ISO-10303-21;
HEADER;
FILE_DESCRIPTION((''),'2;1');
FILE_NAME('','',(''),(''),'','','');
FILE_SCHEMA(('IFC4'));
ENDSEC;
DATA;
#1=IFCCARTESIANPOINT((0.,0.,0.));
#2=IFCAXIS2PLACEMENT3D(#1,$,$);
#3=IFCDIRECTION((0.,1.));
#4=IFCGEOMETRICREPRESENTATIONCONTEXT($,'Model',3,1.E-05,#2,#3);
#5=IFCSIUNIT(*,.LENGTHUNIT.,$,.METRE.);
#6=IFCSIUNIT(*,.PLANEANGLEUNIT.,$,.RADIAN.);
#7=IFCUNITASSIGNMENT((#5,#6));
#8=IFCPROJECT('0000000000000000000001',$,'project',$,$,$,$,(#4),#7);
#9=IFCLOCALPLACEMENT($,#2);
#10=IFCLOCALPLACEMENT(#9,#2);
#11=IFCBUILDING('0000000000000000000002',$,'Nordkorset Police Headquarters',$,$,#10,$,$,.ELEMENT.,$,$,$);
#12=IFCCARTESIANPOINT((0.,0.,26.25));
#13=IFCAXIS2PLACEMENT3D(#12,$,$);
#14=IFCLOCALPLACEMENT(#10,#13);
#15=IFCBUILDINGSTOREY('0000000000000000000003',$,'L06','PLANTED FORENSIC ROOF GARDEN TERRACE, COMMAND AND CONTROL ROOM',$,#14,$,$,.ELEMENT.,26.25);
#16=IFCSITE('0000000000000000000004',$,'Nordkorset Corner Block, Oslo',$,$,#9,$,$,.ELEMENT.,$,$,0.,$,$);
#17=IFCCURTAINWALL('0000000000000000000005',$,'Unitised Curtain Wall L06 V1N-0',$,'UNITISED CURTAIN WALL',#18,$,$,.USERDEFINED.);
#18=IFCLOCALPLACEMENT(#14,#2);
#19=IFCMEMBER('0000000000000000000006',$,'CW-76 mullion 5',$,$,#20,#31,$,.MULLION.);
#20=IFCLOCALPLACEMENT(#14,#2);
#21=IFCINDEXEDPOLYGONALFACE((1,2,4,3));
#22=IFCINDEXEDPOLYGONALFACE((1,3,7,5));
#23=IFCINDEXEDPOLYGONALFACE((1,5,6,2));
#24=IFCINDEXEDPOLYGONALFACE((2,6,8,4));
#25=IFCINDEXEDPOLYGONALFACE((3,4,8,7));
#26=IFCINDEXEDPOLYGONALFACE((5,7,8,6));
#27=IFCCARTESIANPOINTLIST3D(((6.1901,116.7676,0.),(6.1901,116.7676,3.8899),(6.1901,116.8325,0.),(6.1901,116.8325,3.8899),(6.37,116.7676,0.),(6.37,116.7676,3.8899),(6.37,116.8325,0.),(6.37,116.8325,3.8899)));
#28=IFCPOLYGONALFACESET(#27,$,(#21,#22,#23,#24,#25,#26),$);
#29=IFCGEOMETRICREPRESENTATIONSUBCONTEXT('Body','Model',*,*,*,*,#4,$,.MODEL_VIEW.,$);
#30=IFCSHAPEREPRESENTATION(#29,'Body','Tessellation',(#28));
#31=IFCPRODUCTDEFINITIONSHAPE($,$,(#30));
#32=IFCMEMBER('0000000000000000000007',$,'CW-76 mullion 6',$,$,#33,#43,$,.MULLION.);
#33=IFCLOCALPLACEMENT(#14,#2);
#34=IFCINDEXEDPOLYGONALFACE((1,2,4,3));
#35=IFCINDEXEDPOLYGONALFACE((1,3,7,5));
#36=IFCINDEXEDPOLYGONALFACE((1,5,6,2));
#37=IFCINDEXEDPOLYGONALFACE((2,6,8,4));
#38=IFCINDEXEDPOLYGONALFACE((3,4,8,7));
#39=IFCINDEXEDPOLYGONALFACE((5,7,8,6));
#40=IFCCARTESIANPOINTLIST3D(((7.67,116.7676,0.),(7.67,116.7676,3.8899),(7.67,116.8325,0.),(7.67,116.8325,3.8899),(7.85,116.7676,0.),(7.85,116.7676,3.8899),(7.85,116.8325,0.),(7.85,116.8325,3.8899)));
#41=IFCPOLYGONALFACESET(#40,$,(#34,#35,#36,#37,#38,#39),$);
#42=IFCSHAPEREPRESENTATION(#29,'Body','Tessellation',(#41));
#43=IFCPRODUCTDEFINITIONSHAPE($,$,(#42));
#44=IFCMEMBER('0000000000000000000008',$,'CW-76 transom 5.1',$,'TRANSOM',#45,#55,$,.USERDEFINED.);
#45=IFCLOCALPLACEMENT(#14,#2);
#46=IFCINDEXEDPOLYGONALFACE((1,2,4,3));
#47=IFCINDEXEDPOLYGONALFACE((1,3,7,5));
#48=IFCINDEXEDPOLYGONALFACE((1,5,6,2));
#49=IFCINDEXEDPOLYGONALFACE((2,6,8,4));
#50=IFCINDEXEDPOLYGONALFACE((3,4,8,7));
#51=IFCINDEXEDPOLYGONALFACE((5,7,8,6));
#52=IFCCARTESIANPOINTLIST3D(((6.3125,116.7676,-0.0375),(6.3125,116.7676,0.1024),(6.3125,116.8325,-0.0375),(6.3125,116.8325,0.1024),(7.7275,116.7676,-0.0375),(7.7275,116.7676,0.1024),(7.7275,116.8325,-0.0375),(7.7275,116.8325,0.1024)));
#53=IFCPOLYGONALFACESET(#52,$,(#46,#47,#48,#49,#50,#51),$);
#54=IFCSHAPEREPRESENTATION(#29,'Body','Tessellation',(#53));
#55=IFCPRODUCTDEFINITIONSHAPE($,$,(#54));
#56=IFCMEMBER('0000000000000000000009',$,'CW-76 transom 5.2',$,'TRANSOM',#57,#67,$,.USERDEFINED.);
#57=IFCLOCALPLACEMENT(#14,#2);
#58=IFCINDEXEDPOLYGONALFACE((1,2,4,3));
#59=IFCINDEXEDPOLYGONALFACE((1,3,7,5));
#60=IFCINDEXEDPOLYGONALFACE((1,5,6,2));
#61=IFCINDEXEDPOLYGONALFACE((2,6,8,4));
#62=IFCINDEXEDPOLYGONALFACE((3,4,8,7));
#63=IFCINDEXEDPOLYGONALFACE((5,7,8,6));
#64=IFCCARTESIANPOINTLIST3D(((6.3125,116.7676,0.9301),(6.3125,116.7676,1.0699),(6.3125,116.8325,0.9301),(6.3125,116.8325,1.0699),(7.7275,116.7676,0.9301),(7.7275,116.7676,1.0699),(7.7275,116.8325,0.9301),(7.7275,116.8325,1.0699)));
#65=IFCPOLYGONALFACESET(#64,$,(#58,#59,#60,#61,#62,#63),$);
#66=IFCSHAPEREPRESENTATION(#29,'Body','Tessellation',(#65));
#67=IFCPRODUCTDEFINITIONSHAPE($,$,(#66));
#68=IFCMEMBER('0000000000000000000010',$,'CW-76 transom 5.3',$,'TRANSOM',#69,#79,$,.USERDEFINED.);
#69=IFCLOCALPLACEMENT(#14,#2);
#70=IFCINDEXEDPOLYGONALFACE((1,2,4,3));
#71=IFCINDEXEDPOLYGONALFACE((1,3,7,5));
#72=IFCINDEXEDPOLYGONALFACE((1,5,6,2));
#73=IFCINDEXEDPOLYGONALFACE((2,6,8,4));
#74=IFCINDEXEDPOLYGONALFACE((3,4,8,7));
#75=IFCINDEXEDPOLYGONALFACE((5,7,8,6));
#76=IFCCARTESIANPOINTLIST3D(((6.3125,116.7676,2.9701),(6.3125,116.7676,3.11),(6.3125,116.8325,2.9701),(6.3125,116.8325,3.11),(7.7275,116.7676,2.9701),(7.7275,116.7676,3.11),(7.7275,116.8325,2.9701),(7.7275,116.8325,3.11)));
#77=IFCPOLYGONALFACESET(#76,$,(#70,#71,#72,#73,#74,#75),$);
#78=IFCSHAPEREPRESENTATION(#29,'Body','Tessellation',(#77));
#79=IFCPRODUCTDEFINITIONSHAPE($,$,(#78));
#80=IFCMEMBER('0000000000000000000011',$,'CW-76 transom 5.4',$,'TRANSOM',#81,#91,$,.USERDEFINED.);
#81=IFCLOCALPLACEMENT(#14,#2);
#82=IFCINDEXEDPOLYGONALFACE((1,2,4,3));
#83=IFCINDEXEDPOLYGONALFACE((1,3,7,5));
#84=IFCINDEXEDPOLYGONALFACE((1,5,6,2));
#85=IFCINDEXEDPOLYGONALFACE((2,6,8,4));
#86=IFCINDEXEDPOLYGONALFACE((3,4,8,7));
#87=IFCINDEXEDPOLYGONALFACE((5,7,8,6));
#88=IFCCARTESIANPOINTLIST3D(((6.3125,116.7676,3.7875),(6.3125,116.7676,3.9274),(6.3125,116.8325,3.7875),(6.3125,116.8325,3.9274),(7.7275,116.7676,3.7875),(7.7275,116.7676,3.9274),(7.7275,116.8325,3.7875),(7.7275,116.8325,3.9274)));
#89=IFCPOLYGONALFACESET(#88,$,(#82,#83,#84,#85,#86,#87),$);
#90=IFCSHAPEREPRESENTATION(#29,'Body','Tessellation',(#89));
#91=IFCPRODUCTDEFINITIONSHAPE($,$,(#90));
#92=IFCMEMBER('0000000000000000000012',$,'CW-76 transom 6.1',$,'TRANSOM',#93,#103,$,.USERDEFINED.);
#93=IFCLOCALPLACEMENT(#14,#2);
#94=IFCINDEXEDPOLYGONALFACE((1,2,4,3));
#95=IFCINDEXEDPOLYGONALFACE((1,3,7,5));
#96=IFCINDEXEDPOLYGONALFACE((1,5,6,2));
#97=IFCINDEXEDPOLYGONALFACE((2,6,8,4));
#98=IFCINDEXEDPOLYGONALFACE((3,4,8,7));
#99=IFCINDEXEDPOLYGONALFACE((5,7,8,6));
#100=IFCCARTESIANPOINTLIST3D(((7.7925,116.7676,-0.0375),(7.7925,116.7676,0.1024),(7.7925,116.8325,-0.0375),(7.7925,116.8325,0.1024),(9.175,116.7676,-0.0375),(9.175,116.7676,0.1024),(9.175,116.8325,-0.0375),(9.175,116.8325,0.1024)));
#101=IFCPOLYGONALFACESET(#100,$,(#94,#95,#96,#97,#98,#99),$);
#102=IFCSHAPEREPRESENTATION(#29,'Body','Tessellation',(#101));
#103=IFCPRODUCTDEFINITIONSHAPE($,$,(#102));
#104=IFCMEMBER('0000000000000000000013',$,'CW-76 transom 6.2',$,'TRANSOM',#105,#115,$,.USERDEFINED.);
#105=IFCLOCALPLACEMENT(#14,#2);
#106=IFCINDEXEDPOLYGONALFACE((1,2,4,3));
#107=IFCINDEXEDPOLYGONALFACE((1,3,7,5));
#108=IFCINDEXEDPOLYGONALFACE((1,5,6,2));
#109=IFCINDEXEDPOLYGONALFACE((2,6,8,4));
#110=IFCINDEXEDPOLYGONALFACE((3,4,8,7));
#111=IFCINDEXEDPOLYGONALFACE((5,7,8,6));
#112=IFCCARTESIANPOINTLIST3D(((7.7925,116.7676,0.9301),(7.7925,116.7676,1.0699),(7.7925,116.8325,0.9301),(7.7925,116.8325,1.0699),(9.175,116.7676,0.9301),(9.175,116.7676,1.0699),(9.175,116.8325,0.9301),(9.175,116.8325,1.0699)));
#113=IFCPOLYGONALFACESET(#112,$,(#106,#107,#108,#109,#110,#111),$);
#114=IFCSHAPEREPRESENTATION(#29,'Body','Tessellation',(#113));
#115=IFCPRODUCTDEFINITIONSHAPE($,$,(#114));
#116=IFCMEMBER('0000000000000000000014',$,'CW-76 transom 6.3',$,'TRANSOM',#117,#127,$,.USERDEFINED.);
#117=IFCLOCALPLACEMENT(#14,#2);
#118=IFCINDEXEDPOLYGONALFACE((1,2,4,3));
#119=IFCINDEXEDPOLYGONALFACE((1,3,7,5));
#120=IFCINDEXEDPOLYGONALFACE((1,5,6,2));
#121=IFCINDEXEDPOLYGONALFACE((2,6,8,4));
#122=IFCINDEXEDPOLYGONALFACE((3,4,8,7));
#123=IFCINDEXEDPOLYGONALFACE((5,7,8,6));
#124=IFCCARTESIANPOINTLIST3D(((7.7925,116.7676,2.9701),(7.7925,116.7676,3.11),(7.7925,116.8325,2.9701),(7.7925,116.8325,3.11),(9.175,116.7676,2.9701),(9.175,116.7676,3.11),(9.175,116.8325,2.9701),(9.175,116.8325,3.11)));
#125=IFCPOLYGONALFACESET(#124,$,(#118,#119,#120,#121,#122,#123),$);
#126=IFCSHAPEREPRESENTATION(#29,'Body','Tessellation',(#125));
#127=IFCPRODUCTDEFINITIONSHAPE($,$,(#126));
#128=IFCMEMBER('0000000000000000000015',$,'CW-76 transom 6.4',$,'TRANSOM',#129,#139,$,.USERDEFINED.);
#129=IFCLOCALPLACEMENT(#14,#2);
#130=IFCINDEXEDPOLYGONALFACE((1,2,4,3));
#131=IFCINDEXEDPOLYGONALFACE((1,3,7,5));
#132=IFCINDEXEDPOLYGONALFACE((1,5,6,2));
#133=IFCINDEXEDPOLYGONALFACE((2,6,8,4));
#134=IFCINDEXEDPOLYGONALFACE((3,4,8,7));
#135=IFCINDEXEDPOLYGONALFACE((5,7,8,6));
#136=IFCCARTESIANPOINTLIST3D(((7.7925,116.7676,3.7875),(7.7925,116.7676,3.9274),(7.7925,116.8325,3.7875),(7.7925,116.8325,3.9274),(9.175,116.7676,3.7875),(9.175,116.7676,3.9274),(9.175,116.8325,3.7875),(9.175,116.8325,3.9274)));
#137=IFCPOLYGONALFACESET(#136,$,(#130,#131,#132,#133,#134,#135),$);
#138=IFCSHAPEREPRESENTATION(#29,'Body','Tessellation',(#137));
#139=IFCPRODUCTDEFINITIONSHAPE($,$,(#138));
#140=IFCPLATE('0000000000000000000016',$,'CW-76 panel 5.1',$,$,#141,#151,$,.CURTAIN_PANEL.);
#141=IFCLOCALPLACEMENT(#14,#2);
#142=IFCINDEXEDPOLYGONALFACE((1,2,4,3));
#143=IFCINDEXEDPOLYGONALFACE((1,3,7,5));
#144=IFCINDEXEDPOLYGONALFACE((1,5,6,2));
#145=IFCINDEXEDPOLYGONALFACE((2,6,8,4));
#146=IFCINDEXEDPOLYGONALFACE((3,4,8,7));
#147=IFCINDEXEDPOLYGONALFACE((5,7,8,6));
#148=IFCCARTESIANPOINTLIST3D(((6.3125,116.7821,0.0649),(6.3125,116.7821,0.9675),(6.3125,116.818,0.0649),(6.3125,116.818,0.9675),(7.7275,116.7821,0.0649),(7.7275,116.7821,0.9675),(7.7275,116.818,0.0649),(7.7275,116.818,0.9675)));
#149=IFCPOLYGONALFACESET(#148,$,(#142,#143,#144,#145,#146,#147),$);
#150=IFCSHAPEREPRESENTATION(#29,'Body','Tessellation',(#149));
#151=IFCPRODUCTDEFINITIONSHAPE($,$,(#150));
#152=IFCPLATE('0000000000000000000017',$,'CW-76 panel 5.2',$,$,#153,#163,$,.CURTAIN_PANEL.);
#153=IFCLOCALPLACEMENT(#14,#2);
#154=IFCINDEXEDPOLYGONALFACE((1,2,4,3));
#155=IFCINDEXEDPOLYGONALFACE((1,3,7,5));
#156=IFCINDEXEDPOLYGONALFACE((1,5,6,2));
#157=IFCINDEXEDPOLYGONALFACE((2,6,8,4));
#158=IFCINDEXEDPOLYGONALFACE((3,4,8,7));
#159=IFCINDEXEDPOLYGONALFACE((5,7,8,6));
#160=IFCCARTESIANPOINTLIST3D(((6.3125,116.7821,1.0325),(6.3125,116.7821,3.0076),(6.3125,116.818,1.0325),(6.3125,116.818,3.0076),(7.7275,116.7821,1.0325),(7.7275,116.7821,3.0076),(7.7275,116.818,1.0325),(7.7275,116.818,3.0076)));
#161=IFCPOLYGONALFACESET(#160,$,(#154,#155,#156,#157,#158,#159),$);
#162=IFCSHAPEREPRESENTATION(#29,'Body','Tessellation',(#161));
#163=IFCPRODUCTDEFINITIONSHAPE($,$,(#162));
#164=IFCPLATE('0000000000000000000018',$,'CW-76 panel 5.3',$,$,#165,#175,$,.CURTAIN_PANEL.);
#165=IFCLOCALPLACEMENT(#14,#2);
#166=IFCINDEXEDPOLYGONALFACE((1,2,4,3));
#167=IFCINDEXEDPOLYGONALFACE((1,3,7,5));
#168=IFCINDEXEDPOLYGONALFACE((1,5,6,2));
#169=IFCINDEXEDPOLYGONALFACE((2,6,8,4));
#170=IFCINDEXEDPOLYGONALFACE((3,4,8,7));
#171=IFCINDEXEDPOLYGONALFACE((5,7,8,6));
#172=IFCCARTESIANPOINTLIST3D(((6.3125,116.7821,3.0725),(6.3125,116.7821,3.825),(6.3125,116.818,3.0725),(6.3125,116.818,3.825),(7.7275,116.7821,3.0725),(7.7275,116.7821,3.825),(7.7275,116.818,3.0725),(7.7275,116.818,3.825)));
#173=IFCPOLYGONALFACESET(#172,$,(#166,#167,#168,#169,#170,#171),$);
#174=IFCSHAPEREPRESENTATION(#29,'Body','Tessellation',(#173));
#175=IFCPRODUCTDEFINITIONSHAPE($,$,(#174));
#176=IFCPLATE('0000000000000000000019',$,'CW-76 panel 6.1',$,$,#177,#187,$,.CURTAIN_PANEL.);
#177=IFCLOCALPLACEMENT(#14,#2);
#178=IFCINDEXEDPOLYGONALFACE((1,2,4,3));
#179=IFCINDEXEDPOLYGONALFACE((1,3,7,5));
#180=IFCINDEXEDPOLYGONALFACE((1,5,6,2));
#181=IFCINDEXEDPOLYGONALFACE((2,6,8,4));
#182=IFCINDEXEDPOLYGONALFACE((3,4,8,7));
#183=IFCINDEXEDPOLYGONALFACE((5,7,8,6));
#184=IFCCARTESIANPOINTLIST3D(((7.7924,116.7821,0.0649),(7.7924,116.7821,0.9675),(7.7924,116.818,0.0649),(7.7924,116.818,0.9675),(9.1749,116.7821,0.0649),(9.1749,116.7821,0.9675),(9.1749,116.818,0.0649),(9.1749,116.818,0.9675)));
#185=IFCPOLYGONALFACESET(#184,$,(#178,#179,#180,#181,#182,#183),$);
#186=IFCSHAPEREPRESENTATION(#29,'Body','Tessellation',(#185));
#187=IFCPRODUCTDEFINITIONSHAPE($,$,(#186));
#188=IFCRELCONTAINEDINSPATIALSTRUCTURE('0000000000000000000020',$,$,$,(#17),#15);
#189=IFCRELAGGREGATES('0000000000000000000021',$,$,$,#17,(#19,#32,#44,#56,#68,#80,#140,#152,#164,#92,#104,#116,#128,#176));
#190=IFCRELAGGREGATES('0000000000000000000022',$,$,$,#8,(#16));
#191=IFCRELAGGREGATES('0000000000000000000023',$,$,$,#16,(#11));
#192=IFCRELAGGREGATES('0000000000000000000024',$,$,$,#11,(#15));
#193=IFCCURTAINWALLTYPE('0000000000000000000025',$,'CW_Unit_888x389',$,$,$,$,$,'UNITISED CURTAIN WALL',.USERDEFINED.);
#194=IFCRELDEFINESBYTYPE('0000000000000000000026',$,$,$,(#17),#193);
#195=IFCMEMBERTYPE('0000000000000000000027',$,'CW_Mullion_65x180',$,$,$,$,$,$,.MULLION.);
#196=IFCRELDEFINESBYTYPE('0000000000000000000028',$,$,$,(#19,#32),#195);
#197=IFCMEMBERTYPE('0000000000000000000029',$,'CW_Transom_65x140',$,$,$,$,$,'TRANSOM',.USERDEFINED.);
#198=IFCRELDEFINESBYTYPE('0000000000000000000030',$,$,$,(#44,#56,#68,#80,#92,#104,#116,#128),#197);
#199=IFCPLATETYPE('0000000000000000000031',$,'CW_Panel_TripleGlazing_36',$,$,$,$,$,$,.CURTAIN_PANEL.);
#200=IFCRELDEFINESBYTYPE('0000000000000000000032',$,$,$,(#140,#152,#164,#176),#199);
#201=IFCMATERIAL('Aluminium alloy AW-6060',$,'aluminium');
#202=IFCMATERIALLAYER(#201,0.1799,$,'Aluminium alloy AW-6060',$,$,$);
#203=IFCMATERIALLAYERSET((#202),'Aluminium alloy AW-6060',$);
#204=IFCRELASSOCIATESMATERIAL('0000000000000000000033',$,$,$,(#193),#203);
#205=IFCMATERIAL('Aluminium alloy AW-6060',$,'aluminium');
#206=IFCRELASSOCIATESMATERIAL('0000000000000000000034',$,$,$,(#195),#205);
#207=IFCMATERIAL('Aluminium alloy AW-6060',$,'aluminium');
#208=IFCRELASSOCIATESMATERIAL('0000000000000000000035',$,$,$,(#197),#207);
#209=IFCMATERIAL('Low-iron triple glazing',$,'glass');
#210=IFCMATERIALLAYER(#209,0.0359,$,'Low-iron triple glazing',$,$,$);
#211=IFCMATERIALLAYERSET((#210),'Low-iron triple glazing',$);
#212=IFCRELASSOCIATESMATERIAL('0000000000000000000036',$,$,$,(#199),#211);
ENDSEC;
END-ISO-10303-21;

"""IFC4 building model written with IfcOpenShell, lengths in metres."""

from ifc_helpers import new_model, si_unit, direction, frame, origin, origin_2d, place, context, subcontext, project, spatial, rectangle, extrude, material, layer, layer_set, material_profile, profile_set, type_object, element, aggregate, save


model = new_model("IFC4")

# Units and contexts
model_context = context("Model", 3, precision=1e-05, world=origin(), true_north=direction((0.0, 1.0)))
body_context = subcontext(model_context, "Body", "Model", "MODEL_VIEW")
ifc_project = project(units=[si_unit("LENGTHUNIT", "METRE"), si_unit("PLANEANGLEUNIT", "RADIAN")], contexts=[model_context])

# Site, building, storey
site_placement = place(None, origin())
site = spatial("IfcSite", under=ifc_project, at=site_placement, Name="Nordkorset Corner Block, Oslo", CompositionType="ELEMENT", RefElevation=0.0)
building_placement = place(site_placement, origin())
building = spatial("IfcBuilding", under=site, at=building_placement, Name="Nordkorset Police Headquarters", CompositionType="ELEMENT")
storey_placement = place(building_placement, frame((0.0, 0.0, 26.25)))
storey = spatial("IfcBuildingStorey", under=building, at=storey_placement, Name="L06", Description="PLANTED FORENSIC ROOF GARDEN TERRACE, COMMAND AND CONTROL ROOM", CompositionType="ELEMENT", Elevation=26.25)

# Curtain wall, members, plates
ifc_material_1 = material(Name="Aluminium alloy AW-6060", Category="aluminium")
ifc_layer_1 = layer(ifc_material_1, 0.1799, Name="Aluminium alloy AW-6060")
ifc_layer_set_1 = layer_set([ifc_layer_1], Name="Aluminium alloy AW-6060")
curtain_wall_type = type_object("IfcCurtainWallType", Name="CW_Unit_888x389", ElementType="UNITISED CURTAIN WALL", PredefinedType="USERDEFINED", material=ifc_layer_set_1)
curtain_wall_placement = place(storey_placement, origin())
curtain_wall = element("IfcCurtainWall", 1, at=curtain_wall_placement, inside=storey, type_object=curtain_wall_type, Name="Unitised Curtain Wall L06 V1N-0", ObjectType="UNITISED CURTAIN WALL", PredefinedType="USERDEFINED")
ifc_material_2 = material(Name="Aluminium alloy AW-6060", Category="aluminium")
ifc_material_profile_1 = material_profile(ifc_material_2, rectangle(XDim=0.0649, YDim=0.1799, at=origin_2d()), Name="ALU MULL 65x180")
ifc_profile_set_1 = profile_set([ifc_material_profile_1], Name="Aluminium alloy AW-6060")
member_type_1 = type_object("IfcMemberType", Name="CW_Mullion_65x180", PredefinedType="MULLION", material=ifc_profile_set_1)
member_1_placement = place(storey_placement, frame((6.28, 116.8, 0.0), z_axis=(0.0, 0.0, 1.0), x_axis=(0.0, 1.0, 0.0)))
member_1 = element("IfcMember", 2, at=member_1_placement, type_object=member_type_1, Name="CW-76 mullion 5", PredefinedType="MULLION", context=body_context, shape_type="SweptSolid", body=[
    extrude(rectangle(XDim=0.0649, YDim=0.1799, at=origin_2d()), origin(), (0.0, 0.0, 1.0), 3.8899),
])
member_2_placement = place(storey_placement, frame((7.76, 116.8, 0.0), z_axis=(0.0, 0.0, 1.0), x_axis=(0.0, 1.0, 0.0)))
member_2 = element("IfcMember", 3, at=member_2_placement, type_object=member_type_1, Name="CW-76 mullion 6", PredefinedType="MULLION", context=body_context, shape_type="SweptSolid", body=[
    extrude(rectangle(XDim=0.0649, YDim=0.1799, at=origin_2d()), origin(), (0.0, 0.0, 1.0), 3.8899),
])
ifc_material_3 = material(Name="Aluminium alloy AW-6060", Category="aluminium")
ifc_material_profile_2 = material_profile(ifc_material_3, rectangle(XDim=0.0649, YDim=0.1399, at=origin_2d()), Name="ALU TRAN 65x140")
ifc_profile_set_2 = profile_set([ifc_material_profile_2], Name="Aluminium alloy AW-6060")
member_type_2 = type_object("IfcMemberType", Name="CW_Transom_65x140", ElementType="TRANSOM", PredefinedType="USERDEFINED", material=ifc_profile_set_2)
member_3_placement = place(storey_placement, frame((6.3125, 116.8, 0.0325), z_axis=(1.0, 0.0, 0.0), x_axis=(0.0, 1.0, 0.0)))
member_3 = element("IfcMember", 4, at=member_3_placement, type_object=member_type_2, Name="CW-76 transom 5.1", ObjectType="TRANSOM", PredefinedType="USERDEFINED", context=body_context, shape_type="SweptSolid", body=[
    extrude(rectangle(XDim=0.0649, YDim=0.1399, at=origin_2d()), origin(), (0.0, 0.0, 1.0), 1.415),
])
member_4_placement = place(storey_placement, frame((6.3125, 116.8, 1.0), z_axis=(1.0, 0.0, 0.0), x_axis=(0.0, 1.0, 0.0)))
member_4 = element("IfcMember", 5, at=member_4_placement, type_object=member_type_2, Name="CW-76 transom 5.2", ObjectType="TRANSOM", PredefinedType="USERDEFINED", context=body_context, shape_type="SweptSolid", body=[
    extrude(rectangle(XDim=0.0649, YDim=0.1399, at=origin_2d()), origin(), (0.0, 0.0, 1.0), 1.415),
])
member_5_placement = place(storey_placement, frame((6.3125, 116.8, 3.04), z_axis=(1.0, 0.0, 0.0), x_axis=(0.0, 1.0, 0.0)))
member_5 = element("IfcMember", 6, at=member_5_placement, type_object=member_type_2, Name="CW-76 transom 5.3", ObjectType="TRANSOM", PredefinedType="USERDEFINED", context=body_context, shape_type="SweptSolid", body=[
    extrude(rectangle(XDim=0.0649, YDim=0.1399, at=origin_2d()), origin(), (0.0, 0.0, 1.0), 1.415),
])
member_6_placement = place(storey_placement, frame((6.3125, 116.8, 3.8574), z_axis=(1.0, 0.0, 0.0), x_axis=(0.0, 1.0, 0.0)))
member_6 = element("IfcMember", 7, at=member_6_placement, type_object=member_type_2, Name="CW-76 transom 5.4", ObjectType="TRANSOM", PredefinedType="USERDEFINED", context=body_context, shape_type="SweptSolid", body=[
    extrude(rectangle(XDim=0.0649, YDim=0.1399, at=origin_2d()), origin(), (0.0, 0.0, 1.0), 1.415),
])
member_7_placement = place(storey_placement, frame((7.7925, 116.8, 0.0325), z_axis=(1.0, 0.0, 0.0), x_axis=(0.0, 1.0, 0.0)))
member_7 = element("IfcMember", 8, at=member_7_placement, type_object=member_type_2, Name="CW-76 transom 6.1", ObjectType="TRANSOM", PredefinedType="USERDEFINED", context=body_context, shape_type="SweptSolid", body=[
    extrude(rectangle(XDim=0.0649, YDim=0.1399, at=origin_2d()), origin(), (0.0, 0.0, 1.0), 1.3826),
])
member_8_placement = place(storey_placement, frame((7.7925, 116.8, 1.0), z_axis=(1.0, 0.0, 0.0), x_axis=(0.0, 1.0, 0.0)))
member_8 = element("IfcMember", 9, at=member_8_placement, type_object=member_type_2, Name="CW-76 transom 6.2", ObjectType="TRANSOM", PredefinedType="USERDEFINED", context=body_context, shape_type="SweptSolid", body=[
    extrude(rectangle(XDim=0.0649, YDim=0.1399, at=origin_2d()), origin(), (0.0, 0.0, 1.0), 1.3826),
])
member_9_placement = place(storey_placement, frame((7.7925, 116.8, 3.04), z_axis=(1.0, 0.0, 0.0), x_axis=(0.0, 1.0, 0.0)))
member_9 = element("IfcMember", 10, at=member_9_placement, type_object=member_type_2, Name="CW-76 transom 6.3", ObjectType="TRANSOM", PredefinedType="USERDEFINED", context=body_context, shape_type="SweptSolid", body=[
    extrude(rectangle(XDim=0.0649, YDim=0.1399, at=origin_2d()), origin(), (0.0, 0.0, 1.0), 1.3826),
])
member_10_placement = place(storey_placement, frame((7.7925, 116.8, 3.8574), z_axis=(1.0, 0.0, 0.0), x_axis=(0.0, 1.0, 0.0)))
member_10 = element("IfcMember", 11, at=member_10_placement, type_object=member_type_2, Name="CW-76 transom 6.4", ObjectType="TRANSOM", PredefinedType="USERDEFINED", context=body_context, shape_type="SweptSolid", body=[
    extrude(rectangle(XDim=0.0649, YDim=0.1399, at=origin_2d()), origin(), (0.0, 0.0, 1.0), 1.3826),
])
ifc_material_4 = material(Name="Low-iron triple glazing", Category="glass")
ifc_layer_2 = layer(ifc_material_4, 0.0359, Name="Low-iron triple glazing")
ifc_layer_set_2 = layer_set([ifc_layer_2], Name="Low-iron triple glazing")
plate_type = type_object("IfcPlateType", Name="CW_Panel_TripleGlazing_36", PredefinedType="CURTAIN_PANEL", material=ifc_layer_set_2)
plate_1_placement = place(storey_placement, frame((7.02, 116.8, 0.0649), z_axis=(0.0, 0.0, 1.0), x_axis=(1.0, 0.0, 0.0)))
plate_1 = element("IfcPlate", 12, at=plate_1_placement, type_object=plate_type, Name="CW-76 panel 5.1", PredefinedType="CURTAIN_PANEL", context=body_context, shape_type="SweptSolid", body=[
    extrude(rectangle(XDim=1.415, YDim=0.0359, at=origin_2d()), origin(), (0.0, 0.0, 1.0), 0.9026),
])
plate_2_placement = place(storey_placement, frame((7.02, 116.8, 1.0325), z_axis=(0.0, 0.0, 1.0), x_axis=(1.0, 0.0, 0.0)))
plate_2 = element("IfcPlate", 13, at=plate_2_placement, type_object=plate_type, Name="CW-76 panel 5.2", PredefinedType="CURTAIN_PANEL", context=body_context, shape_type="SweptSolid", body=[
    extrude(rectangle(XDim=1.415, YDim=0.0359, at=origin_2d()), origin(), (0.0, 0.0, 1.0), 1.9751),
])
plate_3_placement = place(storey_placement, frame((7.02, 116.8, 3.0725), z_axis=(0.0, 0.0, 1.0), x_axis=(1.0, 0.0, 0.0)))
plate_3 = element("IfcPlate", 14, at=plate_3_placement, type_object=plate_type, Name="CW-76 panel 5.3", PredefinedType="CURTAIN_PANEL", context=body_context, shape_type="SweptSolid", body=[
    extrude(rectangle(XDim=1.415, YDim=0.0359, at=origin_2d()), origin(), (0.0, 0.0, 1.0), 0.7524),
])
plate_4_placement = place(storey_placement, frame((8.4836, 116.8, 0.0649), z_axis=(0.0, 0.0, 1.0), x_axis=(1.0, 0.0, 0.0)))
plate_4 = element("IfcPlate", 15, at=plate_4_placement, type_object=plate_type, Name="CW-76 panel 6.1", PredefinedType="CURTAIN_PANEL", context=body_context, shape_type="SweptSolid", body=[
    extrude(rectangle(XDim=1.3826, YDim=0.0359, at=origin_2d()), origin(), (0.0, 0.0, 1.0), 0.9026),
])
aggregate(curtain_wall, [member_1, member_2, member_3, member_4, member_5, member_6, plate_1, plate_2, plate_3, member_7, member_8, member_9, member_10, plate_4])

save(model, "model.ifc")
